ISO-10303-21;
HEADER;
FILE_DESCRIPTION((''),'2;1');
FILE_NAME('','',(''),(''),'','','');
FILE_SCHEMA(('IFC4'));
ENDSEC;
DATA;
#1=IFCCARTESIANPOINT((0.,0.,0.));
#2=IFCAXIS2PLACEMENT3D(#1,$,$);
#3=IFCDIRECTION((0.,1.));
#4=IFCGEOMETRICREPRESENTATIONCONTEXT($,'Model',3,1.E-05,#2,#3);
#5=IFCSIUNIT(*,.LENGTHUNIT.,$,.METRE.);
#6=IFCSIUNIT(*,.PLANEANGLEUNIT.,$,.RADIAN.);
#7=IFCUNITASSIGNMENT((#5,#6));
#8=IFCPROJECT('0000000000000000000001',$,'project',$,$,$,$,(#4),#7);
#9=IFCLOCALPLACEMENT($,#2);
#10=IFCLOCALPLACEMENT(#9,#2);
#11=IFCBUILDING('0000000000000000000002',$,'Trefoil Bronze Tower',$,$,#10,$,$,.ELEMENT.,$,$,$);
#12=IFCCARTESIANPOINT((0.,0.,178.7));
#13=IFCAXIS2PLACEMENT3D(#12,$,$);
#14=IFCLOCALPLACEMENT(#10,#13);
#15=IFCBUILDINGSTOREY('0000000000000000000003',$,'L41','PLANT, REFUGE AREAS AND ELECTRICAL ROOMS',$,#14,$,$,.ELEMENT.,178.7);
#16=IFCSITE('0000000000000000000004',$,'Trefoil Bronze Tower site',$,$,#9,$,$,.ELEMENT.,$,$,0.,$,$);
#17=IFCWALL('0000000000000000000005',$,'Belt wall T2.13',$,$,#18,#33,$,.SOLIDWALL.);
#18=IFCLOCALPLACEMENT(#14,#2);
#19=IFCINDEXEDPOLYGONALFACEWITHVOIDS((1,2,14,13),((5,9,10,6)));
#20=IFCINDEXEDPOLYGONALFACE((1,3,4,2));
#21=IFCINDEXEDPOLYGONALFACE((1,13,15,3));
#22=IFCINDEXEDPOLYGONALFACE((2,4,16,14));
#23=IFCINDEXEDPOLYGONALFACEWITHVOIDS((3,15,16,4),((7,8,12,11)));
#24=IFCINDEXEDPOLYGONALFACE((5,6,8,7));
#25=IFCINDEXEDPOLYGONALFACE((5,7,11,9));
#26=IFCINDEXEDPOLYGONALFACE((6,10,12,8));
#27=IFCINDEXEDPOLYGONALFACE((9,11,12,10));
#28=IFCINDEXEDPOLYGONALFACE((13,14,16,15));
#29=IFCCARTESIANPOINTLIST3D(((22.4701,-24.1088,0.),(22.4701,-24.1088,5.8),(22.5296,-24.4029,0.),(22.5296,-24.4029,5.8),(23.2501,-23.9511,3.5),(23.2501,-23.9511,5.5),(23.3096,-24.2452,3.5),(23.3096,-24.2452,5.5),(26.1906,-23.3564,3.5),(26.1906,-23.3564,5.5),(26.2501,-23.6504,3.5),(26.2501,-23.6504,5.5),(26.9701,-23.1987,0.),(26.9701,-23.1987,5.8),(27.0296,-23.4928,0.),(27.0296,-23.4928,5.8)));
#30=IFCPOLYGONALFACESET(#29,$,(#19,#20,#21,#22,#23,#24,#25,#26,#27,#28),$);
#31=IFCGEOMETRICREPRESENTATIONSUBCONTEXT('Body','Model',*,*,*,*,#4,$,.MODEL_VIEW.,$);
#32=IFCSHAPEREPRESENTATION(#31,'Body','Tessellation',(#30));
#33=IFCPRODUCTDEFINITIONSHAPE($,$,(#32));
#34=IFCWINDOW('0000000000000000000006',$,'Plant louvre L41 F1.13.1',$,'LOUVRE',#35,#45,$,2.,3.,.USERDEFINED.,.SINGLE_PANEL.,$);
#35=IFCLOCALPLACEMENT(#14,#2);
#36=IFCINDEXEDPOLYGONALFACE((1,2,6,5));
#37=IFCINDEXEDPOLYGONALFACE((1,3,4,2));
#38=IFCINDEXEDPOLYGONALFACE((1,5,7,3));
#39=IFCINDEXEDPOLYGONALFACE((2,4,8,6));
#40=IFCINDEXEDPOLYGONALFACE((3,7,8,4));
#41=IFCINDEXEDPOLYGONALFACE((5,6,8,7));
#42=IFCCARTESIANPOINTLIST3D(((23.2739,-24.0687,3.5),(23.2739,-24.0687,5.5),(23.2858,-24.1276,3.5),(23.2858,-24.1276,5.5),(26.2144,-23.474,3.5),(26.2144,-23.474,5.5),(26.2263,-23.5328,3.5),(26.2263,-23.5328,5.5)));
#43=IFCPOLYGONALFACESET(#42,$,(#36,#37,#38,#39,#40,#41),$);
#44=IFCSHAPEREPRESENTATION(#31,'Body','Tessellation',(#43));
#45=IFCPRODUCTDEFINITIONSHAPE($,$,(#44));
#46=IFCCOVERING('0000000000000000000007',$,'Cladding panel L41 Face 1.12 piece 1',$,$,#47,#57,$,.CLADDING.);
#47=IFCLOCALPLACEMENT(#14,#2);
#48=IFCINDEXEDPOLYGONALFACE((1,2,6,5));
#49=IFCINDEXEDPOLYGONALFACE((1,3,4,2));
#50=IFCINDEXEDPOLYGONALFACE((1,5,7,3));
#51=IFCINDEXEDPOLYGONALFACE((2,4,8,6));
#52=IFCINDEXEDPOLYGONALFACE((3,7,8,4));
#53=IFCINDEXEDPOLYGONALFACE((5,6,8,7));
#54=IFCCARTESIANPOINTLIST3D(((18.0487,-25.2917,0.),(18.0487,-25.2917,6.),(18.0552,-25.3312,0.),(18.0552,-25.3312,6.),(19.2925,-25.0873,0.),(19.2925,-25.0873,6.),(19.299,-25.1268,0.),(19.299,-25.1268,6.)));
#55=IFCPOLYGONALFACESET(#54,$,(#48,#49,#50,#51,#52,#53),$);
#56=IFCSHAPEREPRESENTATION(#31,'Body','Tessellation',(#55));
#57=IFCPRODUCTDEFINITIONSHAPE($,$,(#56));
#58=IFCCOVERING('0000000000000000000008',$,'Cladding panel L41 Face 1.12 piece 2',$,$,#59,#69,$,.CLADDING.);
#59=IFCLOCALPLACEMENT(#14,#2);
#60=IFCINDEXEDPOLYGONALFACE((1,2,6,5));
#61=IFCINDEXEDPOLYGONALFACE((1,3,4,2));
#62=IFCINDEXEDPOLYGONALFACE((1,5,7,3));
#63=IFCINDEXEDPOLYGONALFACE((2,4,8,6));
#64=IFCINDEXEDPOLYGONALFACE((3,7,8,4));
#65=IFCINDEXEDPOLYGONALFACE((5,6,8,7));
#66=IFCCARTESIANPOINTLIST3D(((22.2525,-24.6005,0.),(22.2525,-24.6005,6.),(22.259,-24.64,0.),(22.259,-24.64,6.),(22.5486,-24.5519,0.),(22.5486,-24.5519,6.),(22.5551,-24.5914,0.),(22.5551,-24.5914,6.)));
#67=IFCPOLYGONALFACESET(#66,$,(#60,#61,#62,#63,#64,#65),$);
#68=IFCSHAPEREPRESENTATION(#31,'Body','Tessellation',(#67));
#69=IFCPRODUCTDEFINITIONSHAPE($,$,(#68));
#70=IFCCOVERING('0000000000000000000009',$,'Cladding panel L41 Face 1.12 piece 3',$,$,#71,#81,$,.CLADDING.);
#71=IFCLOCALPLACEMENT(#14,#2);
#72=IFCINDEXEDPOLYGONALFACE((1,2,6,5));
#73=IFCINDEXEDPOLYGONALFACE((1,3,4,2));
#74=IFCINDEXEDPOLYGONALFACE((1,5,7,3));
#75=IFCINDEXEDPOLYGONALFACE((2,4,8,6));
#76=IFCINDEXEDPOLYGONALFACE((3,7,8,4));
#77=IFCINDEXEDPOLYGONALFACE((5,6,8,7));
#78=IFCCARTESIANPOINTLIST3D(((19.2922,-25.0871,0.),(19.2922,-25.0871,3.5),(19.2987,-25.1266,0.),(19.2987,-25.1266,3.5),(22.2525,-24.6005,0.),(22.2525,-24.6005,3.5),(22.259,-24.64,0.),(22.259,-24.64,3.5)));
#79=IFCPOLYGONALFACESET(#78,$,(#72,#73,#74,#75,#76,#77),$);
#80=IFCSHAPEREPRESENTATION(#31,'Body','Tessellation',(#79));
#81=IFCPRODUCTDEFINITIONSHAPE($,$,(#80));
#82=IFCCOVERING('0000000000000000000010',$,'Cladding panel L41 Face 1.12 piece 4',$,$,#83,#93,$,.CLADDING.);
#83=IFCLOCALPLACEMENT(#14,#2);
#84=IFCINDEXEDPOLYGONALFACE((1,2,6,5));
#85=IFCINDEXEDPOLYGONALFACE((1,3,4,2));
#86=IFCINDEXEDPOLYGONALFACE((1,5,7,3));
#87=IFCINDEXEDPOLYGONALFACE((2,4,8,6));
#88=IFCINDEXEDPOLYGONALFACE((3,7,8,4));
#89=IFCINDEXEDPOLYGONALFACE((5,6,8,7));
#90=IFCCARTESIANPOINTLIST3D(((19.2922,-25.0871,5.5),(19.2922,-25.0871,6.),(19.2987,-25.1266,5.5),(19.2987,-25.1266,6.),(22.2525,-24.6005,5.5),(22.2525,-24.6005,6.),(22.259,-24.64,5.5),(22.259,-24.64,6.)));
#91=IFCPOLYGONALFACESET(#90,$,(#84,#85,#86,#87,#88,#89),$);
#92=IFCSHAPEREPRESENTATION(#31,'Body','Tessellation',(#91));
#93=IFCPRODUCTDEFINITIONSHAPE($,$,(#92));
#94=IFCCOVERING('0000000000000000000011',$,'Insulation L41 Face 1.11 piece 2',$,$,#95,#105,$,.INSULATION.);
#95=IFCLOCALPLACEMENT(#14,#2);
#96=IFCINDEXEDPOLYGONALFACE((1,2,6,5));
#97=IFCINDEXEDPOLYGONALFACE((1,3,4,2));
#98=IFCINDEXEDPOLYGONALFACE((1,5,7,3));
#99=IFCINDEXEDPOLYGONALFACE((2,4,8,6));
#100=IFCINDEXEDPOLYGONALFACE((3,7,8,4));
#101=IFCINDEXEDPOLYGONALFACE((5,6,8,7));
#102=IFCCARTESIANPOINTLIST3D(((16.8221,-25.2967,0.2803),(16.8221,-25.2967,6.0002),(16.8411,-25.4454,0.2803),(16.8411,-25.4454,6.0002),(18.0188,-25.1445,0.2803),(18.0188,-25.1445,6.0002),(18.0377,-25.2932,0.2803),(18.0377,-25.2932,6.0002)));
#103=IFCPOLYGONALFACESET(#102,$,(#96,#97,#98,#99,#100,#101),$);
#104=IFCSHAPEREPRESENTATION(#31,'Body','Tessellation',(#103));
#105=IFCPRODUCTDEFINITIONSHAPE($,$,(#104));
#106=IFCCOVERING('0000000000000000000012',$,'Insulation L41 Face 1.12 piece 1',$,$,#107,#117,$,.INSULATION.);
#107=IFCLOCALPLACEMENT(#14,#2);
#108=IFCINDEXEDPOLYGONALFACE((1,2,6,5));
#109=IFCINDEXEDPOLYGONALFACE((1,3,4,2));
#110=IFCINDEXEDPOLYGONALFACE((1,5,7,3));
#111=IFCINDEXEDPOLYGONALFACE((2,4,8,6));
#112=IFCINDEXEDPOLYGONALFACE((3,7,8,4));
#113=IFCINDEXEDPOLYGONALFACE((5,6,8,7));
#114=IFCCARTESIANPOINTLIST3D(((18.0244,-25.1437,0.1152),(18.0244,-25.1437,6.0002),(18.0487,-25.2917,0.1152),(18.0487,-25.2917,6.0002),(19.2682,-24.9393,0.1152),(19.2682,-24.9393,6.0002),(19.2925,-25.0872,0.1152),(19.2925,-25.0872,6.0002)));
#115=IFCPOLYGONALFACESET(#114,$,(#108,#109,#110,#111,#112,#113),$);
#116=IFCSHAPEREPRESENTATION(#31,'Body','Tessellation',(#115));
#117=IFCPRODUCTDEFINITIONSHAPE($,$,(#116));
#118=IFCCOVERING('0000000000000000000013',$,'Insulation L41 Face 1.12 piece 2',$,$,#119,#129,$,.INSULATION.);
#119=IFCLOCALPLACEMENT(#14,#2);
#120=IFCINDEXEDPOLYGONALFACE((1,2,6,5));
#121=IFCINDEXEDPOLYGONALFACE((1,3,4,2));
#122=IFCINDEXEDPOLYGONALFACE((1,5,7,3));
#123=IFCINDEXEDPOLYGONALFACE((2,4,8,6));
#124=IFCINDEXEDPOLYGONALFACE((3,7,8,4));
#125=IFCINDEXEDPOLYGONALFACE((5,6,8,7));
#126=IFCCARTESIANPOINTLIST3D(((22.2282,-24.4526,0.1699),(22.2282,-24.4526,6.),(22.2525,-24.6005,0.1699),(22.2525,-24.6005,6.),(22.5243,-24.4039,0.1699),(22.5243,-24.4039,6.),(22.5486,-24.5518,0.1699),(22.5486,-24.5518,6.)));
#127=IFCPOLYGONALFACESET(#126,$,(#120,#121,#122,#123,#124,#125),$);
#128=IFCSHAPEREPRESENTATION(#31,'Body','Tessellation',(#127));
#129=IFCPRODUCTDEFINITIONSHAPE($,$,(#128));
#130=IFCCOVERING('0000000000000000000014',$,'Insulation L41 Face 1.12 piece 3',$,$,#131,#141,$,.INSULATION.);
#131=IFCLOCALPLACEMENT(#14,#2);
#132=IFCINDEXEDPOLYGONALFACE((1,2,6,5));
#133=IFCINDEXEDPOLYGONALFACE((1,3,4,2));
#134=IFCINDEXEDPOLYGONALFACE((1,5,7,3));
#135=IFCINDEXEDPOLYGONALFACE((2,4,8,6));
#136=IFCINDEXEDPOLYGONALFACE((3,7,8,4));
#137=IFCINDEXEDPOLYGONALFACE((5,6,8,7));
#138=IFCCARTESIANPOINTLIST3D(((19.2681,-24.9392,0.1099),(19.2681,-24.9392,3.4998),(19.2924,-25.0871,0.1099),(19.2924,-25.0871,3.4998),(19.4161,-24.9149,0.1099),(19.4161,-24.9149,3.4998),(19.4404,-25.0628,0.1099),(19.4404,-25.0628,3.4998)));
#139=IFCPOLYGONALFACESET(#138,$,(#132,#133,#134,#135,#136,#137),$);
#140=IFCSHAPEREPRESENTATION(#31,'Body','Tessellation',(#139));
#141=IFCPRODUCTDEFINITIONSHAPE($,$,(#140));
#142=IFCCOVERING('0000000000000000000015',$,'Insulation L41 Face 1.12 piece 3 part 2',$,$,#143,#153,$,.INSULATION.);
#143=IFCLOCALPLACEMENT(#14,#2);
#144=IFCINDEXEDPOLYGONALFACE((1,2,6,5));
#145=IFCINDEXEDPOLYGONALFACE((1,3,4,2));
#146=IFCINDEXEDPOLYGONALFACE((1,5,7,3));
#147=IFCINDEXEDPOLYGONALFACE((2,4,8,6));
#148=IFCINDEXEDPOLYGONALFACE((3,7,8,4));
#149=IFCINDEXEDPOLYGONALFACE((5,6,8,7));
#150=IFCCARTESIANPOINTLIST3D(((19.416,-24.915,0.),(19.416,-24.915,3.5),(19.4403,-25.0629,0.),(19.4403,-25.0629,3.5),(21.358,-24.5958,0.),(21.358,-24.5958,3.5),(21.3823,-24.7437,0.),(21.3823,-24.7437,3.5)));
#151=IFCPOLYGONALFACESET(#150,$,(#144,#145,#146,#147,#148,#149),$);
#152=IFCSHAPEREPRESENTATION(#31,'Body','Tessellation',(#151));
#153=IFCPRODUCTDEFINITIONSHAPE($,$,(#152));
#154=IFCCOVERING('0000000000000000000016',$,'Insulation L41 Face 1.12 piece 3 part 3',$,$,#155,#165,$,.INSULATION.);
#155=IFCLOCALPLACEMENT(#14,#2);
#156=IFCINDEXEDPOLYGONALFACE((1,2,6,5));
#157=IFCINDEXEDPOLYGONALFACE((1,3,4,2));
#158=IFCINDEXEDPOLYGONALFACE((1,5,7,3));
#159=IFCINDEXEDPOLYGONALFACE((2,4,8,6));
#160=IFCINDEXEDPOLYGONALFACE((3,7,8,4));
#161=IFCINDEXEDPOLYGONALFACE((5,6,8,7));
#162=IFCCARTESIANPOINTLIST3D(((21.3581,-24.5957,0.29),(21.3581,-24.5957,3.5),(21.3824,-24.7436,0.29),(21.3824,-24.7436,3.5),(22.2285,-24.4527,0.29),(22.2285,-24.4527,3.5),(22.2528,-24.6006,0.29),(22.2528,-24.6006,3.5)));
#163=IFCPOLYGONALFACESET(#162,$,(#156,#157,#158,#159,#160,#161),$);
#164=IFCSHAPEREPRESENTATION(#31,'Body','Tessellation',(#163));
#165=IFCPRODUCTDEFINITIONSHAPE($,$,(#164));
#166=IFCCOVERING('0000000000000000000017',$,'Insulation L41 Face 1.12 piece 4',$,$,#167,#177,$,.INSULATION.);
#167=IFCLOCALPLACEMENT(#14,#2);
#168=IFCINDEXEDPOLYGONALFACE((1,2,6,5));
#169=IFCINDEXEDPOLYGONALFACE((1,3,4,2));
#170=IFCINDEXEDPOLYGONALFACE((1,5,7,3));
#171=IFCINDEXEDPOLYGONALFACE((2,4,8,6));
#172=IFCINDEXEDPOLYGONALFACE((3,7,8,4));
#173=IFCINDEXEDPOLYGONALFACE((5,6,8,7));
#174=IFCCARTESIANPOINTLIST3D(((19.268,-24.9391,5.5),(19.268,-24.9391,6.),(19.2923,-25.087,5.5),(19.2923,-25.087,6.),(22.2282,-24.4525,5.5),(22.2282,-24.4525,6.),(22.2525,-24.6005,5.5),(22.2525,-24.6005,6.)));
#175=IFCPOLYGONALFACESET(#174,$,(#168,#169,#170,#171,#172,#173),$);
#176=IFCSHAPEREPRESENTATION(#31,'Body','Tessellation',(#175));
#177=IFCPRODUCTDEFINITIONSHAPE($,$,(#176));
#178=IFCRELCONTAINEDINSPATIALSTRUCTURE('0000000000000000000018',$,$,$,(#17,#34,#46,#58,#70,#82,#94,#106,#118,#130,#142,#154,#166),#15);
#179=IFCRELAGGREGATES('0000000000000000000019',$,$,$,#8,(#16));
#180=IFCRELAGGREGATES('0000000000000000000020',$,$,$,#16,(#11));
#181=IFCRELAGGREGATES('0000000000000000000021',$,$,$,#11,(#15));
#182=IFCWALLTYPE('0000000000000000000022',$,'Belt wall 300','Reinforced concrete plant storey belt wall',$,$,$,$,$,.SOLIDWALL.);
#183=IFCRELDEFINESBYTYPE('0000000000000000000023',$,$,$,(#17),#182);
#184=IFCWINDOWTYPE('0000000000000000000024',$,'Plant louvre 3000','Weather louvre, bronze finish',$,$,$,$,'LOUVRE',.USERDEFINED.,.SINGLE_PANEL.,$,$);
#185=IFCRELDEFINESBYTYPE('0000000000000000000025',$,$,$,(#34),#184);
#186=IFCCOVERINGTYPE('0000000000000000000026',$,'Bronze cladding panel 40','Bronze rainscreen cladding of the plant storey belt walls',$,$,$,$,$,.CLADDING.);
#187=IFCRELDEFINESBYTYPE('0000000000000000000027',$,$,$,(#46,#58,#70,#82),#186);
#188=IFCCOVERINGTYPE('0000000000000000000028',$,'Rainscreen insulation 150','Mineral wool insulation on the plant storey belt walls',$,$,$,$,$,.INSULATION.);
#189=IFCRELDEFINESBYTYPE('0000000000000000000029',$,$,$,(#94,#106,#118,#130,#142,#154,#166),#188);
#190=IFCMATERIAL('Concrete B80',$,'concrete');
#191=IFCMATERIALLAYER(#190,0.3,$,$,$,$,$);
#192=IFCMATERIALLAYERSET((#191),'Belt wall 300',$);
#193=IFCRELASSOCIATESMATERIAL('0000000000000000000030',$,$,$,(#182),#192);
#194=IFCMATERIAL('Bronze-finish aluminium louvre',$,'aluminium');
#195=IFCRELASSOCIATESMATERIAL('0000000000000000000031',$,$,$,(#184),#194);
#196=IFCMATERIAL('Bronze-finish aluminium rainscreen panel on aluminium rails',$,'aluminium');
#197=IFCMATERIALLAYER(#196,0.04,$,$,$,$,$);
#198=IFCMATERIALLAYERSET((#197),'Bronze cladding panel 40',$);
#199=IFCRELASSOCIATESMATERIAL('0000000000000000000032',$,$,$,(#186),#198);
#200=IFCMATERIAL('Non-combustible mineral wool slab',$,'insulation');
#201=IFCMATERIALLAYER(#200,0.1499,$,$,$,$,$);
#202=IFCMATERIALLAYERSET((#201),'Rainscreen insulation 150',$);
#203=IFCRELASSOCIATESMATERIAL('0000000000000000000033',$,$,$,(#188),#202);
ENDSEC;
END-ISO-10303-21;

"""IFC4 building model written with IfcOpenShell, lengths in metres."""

from ifc_helpers import new_model, si_unit, direction, frame, frame_2d, origin, origin_2d, place, context, subcontext, project, spatial, rectangle, extrude, material, layer, layer_set, type_object, element, fill, save


model = new_model("IFC4")

# Units and contexts
model_context = context("Model", 3, precision=1e-05, world=origin(), true_north=direction((0.0, 1.0)))
body_context = subcontext(model_context, "Body", "Model", "MODEL_VIEW")
ifc_project = project(units=[si_unit("LENGTHUNIT", "METRE"), si_unit("PLANEANGLEUNIT", "RADIAN")], contexts=[model_context])

# Site, building, storey
site_placement = place(None, origin())
site = spatial("IfcSite", under=ifc_project, at=site_placement, Name="Trefoil Bronze Tower site", CompositionType="ELEMENT", RefElevation=0.0)
building_placement = place(site_placement, origin())
building = spatial("IfcBuilding", under=site, at=building_placement, Name="Trefoil Bronze Tower", CompositionType="ELEMENT")
storey_placement = place(building_placement, frame((0.0, 0.0, 178.7)))
storey = spatial("IfcBuildingStorey", under=building, at=storey_placement, Name="L41", Description="PLANT, REFUGE AREAS AND ELECTRICAL ROOMS", CompositionType="ELEMENT", Elevation=178.7)

# Wall, opening, window
ifc_material_1 = material(Name="Concrete B80", Category="concrete")
ifc_layer_1 = layer(ifc_material_1, 0.3)
ifc_layer_set_1 = layer_set([ifc_layer_1], Name="Belt wall 300")
wall_type = type_object("IfcWallType", Name="Belt wall 300", Description="Reinforced concrete plant storey belt wall", PredefinedType="SOLIDWALL", material=ifc_layer_set_1)
ifc_material_2 = material(Name="Bronze-finish aluminium louvre", Category="aluminium")
window_type = type_object("IfcWindowType", Name="Plant louvre 3000", Description="Weather louvre, bronze finish", ElementType="LOUVRE", PartitioningType="SINGLE_PANEL", PredefinedType="USERDEFINED", material=ifc_material_2)
wall_1_placement = place(storey_placement, frame((22.5, -24.2559, 0.0), z_axis=(0.0, 0.0, 1.0), x_axis=(0.980153, 0.198243, 0.0)))
wall_1 = element("IfcWall", 1, at=wall_1_placement, inside=storey, type_object=wall_type, Name="Belt wall T2.13", PredefinedType="SOLIDWALL", context=body_context, shape_type="SweptSolid", body=[
    extrude(rectangle(XDim=4.5911, YDim=0.3, at=frame_2d((2.2954, 0.0))), origin(), (0.0, 0.0, 1.0), 5.8),
])
opening_1_placement = place(wall_1_placement, frame((0.7957, 0.0, 3.5)))
opening_1 = element("IfcOpeningElement", 2, at=opening_1_placement, cuts=wall_1, PredefinedType="OPENING", context=body_context, shape_type="SweptSolid", body=[
    extrude(rectangle(XDim=3.0, YDim=2.0, at=frame_2d((1.5, 1.0))), frame((0.0, 0.1599, 0.0), z_axis=(0.0, -1.0, 0.0), x_axis=(1.0, 0.0, 0.0)), (0.0, 0.0, 1.0), 0.3201),
])
window_1_placement = place(opening_1_placement, origin())
window_1 = element("IfcWindow", 3, at=window_1_placement, inside=storey, type_object=window_type, Name="Plant louvre L41 F1.13.1", ObjectType="LOUVRE", OverallHeight=2.0, OverallWidth=3.0, PartitioningType="SINGLE_PANEL", PredefinedType="USERDEFINED", context=body_context, shape_type="SweptSolid", body=[
    extrude(rectangle(XDim=3.0, YDim=2.0, at=frame_2d((1.5, 1.0))), frame((0.0, 0.03, 0.0), z_axis=(0.0, -1.0, 0.0), x_axis=(1.0, 0.0, 0.0)), (0.0, 0.0, 1.0), 0.0601),
])
fill(opening_1, window_1)

# Coverings
ifc_material_3 = material(Name="Bronze-finish aluminium rainscreen panel on aluminium rails", Category="aluminium")
ifc_layer_2 = layer(ifc_material_3, 0.04)
ifc_layer_set_2 = layer_set([ifc_layer_2], Name="Bronze cladding panel 40")
covering_type_1 = type_object("IfcCoveringType", Name="Bronze cladding panel 40", Description="Bronze rainscreen cladding of the plant storey belt walls", PredefinedType="CLADDING", material=ifc_layer_set_2)
covering_1_placement = place(storey_placement, frame((18.6738, -25.2092, 0.0), z_axis=(0.0, 0.0, 1.0), x_axis=(0.98676, 0.162189, 0.0)))
element("IfcCovering", 4, at=covering_1_placement, inside=storey, type_object=covering_type_1, Name="Cladding panel L41 Face 1.12 piece 1", PredefinedType="CLADDING", context=body_context, shape_type="SweptSolid", body=[
    extrude(rectangle(XDim=1.2605, YDim=0.04, at=origin_2d()), origin(), (0.0, 0.0, 1.0), 6.0),
])
covering_2_placement = place(storey_placement, frame((22.4038, -24.5959, 0.0), z_axis=(0.0, 0.0, 1.0), x_axis=(0.98676, 0.162189, 0.0)))
element("IfcCovering", 5, at=covering_2_placement, inside=storey, type_object=covering_type_1, Name="Cladding panel L41 Face 1.12 piece 2", PredefinedType="CLADDING", context=body_context, shape_type="SweptSolid", body=[
    extrude(rectangle(XDim=0.3, YDim=0.04, at=origin_2d()), origin(), (0.0, 0.0, 1.0), 6.0),
])
covering_3_placement = place(storey_placement, frame((20.7756, -24.8635, 0.0), z_axis=(0.0, 0.0, 1.0), x_axis=(0.98676, 0.162189, 0.0)))
element("IfcCovering", 6, at=covering_3_placement, inside=storey, type_object=covering_type_1, Name="Cladding panel L41 Face 1.12 piece 3", PredefinedType="CLADDING", context=body_context, shape_type="SweptSolid", body=[
    extrude(rectangle(XDim=3.0, YDim=0.04, at=origin_2d()), origin(), (0.0, 0.0, 1.0), 3.5),
])
covering_4_placement = place(storey_placement, frame((20.7756, -24.8635, 5.5), z_axis=(0.0, 0.0, 1.0), x_axis=(0.98676, 0.162189, 0.0)))
element("IfcCovering", 7, at=covering_4_placement, inside=storey, type_object=covering_type_1, Name="Cladding panel L41 Face 1.12 piece 4", PredefinedType="CLADDING", context=body_context, shape_type="SweptSolid", body=[
    extrude(rectangle(XDim=3.0, YDim=0.04, at=origin_2d()), origin(), (0.0, 0.0, 1.0), 0.5),
])
ifc_material_4 = material(Name="Non-combustible mineral wool slab", Category="insulation")
ifc_layer_3 = layer(ifc_material_4, 0.1499)
ifc_layer_set_3 = layer_set([ifc_layer_3], Name="Rainscreen insulation 150")
covering_type_2 = type_object("IfcCoveringType", Name="Rainscreen insulation 150", Description="Mineral wool insulation on the plant storey belt walls", PredefinedType="INSULATION", material=ifc_layer_set_3)
covering_5_placement = place(storey_placement, frame((17.4299, -25.2949, 0.2803), z_axis=(0.0, 0.0, 1.0), x_axis=(0.992012, 0.126147, 0.0)))
element("IfcCovering", 8, at=covering_5_placement, inside=storey, type_object=covering_type_2, Name="Insulation L41 Face 1.11 piece 2", PredefinedType="INSULATION", context=body_context, shape_type="SweptSolid", body=[
    extrude(rectangle(XDim=1.2063, YDim=0.1499, at=origin_2d()), origin(), (0.0, 0.0, 1.0), 5.72),
])
covering_6_placement = place(storey_placement, frame((18.6584, -25.1155, 0.1152), z_axis=(0.0, 0.0, 1.0), x_axis=(0.98676, 0.162189, 0.0)))
element("IfcCovering", 9, at=covering_6_placement, inside=storey, type_object=covering_type_2, Name="Insulation L41 Face 1.12 piece 1", PredefinedType="INSULATION", context=body_context, shape_type="SweptSolid", body=[
    extrude(rectangle(XDim=1.2605, YDim=0.1499, at=origin_2d()), origin(), (0.0, 0.0, 1.0), 5.885),
])
covering_7_placement = place(storey_placement, frame((22.3884, -24.5022, 0.1699), z_axis=(0.0, 0.0, 1.0), x_axis=(0.98676, 0.162189, 0.0)))
element("IfcCovering", 10, at=covering_7_placement, inside=storey, type_object=covering_type_2, Name="Insulation L41 Face 1.12 piece 2", PredefinedType="INSULATION", context=body_context, shape_type="SweptSolid", body=[
    extrude(rectangle(XDim=0.3, YDim=0.1499, at=origin_2d()), origin(), (0.0, 0.0, 1.0), 5.8301),
])
covering_8_placement = place(storey_placement, frame((19.3542, -25.001, 0.1099), z_axis=(0.0, 0.0, 1.0), x_axis=(0.98676, 0.162189, 0.0)))
element("IfcCovering", 11, at=covering_8_placement, inside=storey, type_object=covering_type_2, Name="Insulation L41 Face 1.12 piece 3", PredefinedType="INSULATION", context=body_context, shape_type="SweptSolid", body=[
    extrude(rectangle(XDim=0.1499, YDim=0.1499, at=origin_2d()), origin(), (0.0, 0.0, 1.0), 3.3899),
])
covering_9_placement = place(storey_placement, frame((20.3992, -24.8293, 0.0), z_axis=(0.0, 0.0, 1.0), x_axis=(0.98676, 0.162189, 0.0)))
element("IfcCovering", 12, at=covering_9_placement, inside=storey, type_object=covering_type_2, Name="Insulation L41 Face 1.12 piece 3 part 2", PredefinedType="INSULATION", context=body_context, shape_type="SweptSolid", body=[
    extrude(rectangle(XDim=1.968, YDim=0.1499, at=origin_2d()), origin(), (0.0, 0.0, 1.0), 3.5),
])
covering_10_placement = place(storey_placement, frame((21.8054, -24.5981, 0.29), z_axis=(0.0, 0.0, 1.0), x_axis=(0.98676, 0.162189, 0.0)))
element("IfcCovering", 13, at=covering_10_placement, inside=storey, type_object=covering_type_2, Name="Insulation L41 Face 1.12 piece 3 part 3", PredefinedType="INSULATION", context=body_context, shape_type="SweptSolid", body=[
    extrude(rectangle(XDim=0.8821, YDim=0.1499, at=origin_2d()), origin(), (0.0, 0.0, 1.0), 3.21),
])
covering_11_placement = place(storey_placement, frame((20.7603, -24.7698, 5.5), z_axis=(0.0, 0.0, 1.0), x_axis=(0.98676, 0.162189, 0.0)))
element("IfcCovering", 14, at=covering_11_placement, inside=storey, type_object=covering_type_2, Name="Insulation L41 Face 1.12 piece 4", PredefinedType="INSULATION", context=body_context, shape_type="SweptSolid", body=[
    extrude(rectangle(XDim=3.0, YDim=0.1499, at=origin_2d()), origin(), (0.0, 0.0, 1.0), 0.5),
])

save(model, "model.ifc")
